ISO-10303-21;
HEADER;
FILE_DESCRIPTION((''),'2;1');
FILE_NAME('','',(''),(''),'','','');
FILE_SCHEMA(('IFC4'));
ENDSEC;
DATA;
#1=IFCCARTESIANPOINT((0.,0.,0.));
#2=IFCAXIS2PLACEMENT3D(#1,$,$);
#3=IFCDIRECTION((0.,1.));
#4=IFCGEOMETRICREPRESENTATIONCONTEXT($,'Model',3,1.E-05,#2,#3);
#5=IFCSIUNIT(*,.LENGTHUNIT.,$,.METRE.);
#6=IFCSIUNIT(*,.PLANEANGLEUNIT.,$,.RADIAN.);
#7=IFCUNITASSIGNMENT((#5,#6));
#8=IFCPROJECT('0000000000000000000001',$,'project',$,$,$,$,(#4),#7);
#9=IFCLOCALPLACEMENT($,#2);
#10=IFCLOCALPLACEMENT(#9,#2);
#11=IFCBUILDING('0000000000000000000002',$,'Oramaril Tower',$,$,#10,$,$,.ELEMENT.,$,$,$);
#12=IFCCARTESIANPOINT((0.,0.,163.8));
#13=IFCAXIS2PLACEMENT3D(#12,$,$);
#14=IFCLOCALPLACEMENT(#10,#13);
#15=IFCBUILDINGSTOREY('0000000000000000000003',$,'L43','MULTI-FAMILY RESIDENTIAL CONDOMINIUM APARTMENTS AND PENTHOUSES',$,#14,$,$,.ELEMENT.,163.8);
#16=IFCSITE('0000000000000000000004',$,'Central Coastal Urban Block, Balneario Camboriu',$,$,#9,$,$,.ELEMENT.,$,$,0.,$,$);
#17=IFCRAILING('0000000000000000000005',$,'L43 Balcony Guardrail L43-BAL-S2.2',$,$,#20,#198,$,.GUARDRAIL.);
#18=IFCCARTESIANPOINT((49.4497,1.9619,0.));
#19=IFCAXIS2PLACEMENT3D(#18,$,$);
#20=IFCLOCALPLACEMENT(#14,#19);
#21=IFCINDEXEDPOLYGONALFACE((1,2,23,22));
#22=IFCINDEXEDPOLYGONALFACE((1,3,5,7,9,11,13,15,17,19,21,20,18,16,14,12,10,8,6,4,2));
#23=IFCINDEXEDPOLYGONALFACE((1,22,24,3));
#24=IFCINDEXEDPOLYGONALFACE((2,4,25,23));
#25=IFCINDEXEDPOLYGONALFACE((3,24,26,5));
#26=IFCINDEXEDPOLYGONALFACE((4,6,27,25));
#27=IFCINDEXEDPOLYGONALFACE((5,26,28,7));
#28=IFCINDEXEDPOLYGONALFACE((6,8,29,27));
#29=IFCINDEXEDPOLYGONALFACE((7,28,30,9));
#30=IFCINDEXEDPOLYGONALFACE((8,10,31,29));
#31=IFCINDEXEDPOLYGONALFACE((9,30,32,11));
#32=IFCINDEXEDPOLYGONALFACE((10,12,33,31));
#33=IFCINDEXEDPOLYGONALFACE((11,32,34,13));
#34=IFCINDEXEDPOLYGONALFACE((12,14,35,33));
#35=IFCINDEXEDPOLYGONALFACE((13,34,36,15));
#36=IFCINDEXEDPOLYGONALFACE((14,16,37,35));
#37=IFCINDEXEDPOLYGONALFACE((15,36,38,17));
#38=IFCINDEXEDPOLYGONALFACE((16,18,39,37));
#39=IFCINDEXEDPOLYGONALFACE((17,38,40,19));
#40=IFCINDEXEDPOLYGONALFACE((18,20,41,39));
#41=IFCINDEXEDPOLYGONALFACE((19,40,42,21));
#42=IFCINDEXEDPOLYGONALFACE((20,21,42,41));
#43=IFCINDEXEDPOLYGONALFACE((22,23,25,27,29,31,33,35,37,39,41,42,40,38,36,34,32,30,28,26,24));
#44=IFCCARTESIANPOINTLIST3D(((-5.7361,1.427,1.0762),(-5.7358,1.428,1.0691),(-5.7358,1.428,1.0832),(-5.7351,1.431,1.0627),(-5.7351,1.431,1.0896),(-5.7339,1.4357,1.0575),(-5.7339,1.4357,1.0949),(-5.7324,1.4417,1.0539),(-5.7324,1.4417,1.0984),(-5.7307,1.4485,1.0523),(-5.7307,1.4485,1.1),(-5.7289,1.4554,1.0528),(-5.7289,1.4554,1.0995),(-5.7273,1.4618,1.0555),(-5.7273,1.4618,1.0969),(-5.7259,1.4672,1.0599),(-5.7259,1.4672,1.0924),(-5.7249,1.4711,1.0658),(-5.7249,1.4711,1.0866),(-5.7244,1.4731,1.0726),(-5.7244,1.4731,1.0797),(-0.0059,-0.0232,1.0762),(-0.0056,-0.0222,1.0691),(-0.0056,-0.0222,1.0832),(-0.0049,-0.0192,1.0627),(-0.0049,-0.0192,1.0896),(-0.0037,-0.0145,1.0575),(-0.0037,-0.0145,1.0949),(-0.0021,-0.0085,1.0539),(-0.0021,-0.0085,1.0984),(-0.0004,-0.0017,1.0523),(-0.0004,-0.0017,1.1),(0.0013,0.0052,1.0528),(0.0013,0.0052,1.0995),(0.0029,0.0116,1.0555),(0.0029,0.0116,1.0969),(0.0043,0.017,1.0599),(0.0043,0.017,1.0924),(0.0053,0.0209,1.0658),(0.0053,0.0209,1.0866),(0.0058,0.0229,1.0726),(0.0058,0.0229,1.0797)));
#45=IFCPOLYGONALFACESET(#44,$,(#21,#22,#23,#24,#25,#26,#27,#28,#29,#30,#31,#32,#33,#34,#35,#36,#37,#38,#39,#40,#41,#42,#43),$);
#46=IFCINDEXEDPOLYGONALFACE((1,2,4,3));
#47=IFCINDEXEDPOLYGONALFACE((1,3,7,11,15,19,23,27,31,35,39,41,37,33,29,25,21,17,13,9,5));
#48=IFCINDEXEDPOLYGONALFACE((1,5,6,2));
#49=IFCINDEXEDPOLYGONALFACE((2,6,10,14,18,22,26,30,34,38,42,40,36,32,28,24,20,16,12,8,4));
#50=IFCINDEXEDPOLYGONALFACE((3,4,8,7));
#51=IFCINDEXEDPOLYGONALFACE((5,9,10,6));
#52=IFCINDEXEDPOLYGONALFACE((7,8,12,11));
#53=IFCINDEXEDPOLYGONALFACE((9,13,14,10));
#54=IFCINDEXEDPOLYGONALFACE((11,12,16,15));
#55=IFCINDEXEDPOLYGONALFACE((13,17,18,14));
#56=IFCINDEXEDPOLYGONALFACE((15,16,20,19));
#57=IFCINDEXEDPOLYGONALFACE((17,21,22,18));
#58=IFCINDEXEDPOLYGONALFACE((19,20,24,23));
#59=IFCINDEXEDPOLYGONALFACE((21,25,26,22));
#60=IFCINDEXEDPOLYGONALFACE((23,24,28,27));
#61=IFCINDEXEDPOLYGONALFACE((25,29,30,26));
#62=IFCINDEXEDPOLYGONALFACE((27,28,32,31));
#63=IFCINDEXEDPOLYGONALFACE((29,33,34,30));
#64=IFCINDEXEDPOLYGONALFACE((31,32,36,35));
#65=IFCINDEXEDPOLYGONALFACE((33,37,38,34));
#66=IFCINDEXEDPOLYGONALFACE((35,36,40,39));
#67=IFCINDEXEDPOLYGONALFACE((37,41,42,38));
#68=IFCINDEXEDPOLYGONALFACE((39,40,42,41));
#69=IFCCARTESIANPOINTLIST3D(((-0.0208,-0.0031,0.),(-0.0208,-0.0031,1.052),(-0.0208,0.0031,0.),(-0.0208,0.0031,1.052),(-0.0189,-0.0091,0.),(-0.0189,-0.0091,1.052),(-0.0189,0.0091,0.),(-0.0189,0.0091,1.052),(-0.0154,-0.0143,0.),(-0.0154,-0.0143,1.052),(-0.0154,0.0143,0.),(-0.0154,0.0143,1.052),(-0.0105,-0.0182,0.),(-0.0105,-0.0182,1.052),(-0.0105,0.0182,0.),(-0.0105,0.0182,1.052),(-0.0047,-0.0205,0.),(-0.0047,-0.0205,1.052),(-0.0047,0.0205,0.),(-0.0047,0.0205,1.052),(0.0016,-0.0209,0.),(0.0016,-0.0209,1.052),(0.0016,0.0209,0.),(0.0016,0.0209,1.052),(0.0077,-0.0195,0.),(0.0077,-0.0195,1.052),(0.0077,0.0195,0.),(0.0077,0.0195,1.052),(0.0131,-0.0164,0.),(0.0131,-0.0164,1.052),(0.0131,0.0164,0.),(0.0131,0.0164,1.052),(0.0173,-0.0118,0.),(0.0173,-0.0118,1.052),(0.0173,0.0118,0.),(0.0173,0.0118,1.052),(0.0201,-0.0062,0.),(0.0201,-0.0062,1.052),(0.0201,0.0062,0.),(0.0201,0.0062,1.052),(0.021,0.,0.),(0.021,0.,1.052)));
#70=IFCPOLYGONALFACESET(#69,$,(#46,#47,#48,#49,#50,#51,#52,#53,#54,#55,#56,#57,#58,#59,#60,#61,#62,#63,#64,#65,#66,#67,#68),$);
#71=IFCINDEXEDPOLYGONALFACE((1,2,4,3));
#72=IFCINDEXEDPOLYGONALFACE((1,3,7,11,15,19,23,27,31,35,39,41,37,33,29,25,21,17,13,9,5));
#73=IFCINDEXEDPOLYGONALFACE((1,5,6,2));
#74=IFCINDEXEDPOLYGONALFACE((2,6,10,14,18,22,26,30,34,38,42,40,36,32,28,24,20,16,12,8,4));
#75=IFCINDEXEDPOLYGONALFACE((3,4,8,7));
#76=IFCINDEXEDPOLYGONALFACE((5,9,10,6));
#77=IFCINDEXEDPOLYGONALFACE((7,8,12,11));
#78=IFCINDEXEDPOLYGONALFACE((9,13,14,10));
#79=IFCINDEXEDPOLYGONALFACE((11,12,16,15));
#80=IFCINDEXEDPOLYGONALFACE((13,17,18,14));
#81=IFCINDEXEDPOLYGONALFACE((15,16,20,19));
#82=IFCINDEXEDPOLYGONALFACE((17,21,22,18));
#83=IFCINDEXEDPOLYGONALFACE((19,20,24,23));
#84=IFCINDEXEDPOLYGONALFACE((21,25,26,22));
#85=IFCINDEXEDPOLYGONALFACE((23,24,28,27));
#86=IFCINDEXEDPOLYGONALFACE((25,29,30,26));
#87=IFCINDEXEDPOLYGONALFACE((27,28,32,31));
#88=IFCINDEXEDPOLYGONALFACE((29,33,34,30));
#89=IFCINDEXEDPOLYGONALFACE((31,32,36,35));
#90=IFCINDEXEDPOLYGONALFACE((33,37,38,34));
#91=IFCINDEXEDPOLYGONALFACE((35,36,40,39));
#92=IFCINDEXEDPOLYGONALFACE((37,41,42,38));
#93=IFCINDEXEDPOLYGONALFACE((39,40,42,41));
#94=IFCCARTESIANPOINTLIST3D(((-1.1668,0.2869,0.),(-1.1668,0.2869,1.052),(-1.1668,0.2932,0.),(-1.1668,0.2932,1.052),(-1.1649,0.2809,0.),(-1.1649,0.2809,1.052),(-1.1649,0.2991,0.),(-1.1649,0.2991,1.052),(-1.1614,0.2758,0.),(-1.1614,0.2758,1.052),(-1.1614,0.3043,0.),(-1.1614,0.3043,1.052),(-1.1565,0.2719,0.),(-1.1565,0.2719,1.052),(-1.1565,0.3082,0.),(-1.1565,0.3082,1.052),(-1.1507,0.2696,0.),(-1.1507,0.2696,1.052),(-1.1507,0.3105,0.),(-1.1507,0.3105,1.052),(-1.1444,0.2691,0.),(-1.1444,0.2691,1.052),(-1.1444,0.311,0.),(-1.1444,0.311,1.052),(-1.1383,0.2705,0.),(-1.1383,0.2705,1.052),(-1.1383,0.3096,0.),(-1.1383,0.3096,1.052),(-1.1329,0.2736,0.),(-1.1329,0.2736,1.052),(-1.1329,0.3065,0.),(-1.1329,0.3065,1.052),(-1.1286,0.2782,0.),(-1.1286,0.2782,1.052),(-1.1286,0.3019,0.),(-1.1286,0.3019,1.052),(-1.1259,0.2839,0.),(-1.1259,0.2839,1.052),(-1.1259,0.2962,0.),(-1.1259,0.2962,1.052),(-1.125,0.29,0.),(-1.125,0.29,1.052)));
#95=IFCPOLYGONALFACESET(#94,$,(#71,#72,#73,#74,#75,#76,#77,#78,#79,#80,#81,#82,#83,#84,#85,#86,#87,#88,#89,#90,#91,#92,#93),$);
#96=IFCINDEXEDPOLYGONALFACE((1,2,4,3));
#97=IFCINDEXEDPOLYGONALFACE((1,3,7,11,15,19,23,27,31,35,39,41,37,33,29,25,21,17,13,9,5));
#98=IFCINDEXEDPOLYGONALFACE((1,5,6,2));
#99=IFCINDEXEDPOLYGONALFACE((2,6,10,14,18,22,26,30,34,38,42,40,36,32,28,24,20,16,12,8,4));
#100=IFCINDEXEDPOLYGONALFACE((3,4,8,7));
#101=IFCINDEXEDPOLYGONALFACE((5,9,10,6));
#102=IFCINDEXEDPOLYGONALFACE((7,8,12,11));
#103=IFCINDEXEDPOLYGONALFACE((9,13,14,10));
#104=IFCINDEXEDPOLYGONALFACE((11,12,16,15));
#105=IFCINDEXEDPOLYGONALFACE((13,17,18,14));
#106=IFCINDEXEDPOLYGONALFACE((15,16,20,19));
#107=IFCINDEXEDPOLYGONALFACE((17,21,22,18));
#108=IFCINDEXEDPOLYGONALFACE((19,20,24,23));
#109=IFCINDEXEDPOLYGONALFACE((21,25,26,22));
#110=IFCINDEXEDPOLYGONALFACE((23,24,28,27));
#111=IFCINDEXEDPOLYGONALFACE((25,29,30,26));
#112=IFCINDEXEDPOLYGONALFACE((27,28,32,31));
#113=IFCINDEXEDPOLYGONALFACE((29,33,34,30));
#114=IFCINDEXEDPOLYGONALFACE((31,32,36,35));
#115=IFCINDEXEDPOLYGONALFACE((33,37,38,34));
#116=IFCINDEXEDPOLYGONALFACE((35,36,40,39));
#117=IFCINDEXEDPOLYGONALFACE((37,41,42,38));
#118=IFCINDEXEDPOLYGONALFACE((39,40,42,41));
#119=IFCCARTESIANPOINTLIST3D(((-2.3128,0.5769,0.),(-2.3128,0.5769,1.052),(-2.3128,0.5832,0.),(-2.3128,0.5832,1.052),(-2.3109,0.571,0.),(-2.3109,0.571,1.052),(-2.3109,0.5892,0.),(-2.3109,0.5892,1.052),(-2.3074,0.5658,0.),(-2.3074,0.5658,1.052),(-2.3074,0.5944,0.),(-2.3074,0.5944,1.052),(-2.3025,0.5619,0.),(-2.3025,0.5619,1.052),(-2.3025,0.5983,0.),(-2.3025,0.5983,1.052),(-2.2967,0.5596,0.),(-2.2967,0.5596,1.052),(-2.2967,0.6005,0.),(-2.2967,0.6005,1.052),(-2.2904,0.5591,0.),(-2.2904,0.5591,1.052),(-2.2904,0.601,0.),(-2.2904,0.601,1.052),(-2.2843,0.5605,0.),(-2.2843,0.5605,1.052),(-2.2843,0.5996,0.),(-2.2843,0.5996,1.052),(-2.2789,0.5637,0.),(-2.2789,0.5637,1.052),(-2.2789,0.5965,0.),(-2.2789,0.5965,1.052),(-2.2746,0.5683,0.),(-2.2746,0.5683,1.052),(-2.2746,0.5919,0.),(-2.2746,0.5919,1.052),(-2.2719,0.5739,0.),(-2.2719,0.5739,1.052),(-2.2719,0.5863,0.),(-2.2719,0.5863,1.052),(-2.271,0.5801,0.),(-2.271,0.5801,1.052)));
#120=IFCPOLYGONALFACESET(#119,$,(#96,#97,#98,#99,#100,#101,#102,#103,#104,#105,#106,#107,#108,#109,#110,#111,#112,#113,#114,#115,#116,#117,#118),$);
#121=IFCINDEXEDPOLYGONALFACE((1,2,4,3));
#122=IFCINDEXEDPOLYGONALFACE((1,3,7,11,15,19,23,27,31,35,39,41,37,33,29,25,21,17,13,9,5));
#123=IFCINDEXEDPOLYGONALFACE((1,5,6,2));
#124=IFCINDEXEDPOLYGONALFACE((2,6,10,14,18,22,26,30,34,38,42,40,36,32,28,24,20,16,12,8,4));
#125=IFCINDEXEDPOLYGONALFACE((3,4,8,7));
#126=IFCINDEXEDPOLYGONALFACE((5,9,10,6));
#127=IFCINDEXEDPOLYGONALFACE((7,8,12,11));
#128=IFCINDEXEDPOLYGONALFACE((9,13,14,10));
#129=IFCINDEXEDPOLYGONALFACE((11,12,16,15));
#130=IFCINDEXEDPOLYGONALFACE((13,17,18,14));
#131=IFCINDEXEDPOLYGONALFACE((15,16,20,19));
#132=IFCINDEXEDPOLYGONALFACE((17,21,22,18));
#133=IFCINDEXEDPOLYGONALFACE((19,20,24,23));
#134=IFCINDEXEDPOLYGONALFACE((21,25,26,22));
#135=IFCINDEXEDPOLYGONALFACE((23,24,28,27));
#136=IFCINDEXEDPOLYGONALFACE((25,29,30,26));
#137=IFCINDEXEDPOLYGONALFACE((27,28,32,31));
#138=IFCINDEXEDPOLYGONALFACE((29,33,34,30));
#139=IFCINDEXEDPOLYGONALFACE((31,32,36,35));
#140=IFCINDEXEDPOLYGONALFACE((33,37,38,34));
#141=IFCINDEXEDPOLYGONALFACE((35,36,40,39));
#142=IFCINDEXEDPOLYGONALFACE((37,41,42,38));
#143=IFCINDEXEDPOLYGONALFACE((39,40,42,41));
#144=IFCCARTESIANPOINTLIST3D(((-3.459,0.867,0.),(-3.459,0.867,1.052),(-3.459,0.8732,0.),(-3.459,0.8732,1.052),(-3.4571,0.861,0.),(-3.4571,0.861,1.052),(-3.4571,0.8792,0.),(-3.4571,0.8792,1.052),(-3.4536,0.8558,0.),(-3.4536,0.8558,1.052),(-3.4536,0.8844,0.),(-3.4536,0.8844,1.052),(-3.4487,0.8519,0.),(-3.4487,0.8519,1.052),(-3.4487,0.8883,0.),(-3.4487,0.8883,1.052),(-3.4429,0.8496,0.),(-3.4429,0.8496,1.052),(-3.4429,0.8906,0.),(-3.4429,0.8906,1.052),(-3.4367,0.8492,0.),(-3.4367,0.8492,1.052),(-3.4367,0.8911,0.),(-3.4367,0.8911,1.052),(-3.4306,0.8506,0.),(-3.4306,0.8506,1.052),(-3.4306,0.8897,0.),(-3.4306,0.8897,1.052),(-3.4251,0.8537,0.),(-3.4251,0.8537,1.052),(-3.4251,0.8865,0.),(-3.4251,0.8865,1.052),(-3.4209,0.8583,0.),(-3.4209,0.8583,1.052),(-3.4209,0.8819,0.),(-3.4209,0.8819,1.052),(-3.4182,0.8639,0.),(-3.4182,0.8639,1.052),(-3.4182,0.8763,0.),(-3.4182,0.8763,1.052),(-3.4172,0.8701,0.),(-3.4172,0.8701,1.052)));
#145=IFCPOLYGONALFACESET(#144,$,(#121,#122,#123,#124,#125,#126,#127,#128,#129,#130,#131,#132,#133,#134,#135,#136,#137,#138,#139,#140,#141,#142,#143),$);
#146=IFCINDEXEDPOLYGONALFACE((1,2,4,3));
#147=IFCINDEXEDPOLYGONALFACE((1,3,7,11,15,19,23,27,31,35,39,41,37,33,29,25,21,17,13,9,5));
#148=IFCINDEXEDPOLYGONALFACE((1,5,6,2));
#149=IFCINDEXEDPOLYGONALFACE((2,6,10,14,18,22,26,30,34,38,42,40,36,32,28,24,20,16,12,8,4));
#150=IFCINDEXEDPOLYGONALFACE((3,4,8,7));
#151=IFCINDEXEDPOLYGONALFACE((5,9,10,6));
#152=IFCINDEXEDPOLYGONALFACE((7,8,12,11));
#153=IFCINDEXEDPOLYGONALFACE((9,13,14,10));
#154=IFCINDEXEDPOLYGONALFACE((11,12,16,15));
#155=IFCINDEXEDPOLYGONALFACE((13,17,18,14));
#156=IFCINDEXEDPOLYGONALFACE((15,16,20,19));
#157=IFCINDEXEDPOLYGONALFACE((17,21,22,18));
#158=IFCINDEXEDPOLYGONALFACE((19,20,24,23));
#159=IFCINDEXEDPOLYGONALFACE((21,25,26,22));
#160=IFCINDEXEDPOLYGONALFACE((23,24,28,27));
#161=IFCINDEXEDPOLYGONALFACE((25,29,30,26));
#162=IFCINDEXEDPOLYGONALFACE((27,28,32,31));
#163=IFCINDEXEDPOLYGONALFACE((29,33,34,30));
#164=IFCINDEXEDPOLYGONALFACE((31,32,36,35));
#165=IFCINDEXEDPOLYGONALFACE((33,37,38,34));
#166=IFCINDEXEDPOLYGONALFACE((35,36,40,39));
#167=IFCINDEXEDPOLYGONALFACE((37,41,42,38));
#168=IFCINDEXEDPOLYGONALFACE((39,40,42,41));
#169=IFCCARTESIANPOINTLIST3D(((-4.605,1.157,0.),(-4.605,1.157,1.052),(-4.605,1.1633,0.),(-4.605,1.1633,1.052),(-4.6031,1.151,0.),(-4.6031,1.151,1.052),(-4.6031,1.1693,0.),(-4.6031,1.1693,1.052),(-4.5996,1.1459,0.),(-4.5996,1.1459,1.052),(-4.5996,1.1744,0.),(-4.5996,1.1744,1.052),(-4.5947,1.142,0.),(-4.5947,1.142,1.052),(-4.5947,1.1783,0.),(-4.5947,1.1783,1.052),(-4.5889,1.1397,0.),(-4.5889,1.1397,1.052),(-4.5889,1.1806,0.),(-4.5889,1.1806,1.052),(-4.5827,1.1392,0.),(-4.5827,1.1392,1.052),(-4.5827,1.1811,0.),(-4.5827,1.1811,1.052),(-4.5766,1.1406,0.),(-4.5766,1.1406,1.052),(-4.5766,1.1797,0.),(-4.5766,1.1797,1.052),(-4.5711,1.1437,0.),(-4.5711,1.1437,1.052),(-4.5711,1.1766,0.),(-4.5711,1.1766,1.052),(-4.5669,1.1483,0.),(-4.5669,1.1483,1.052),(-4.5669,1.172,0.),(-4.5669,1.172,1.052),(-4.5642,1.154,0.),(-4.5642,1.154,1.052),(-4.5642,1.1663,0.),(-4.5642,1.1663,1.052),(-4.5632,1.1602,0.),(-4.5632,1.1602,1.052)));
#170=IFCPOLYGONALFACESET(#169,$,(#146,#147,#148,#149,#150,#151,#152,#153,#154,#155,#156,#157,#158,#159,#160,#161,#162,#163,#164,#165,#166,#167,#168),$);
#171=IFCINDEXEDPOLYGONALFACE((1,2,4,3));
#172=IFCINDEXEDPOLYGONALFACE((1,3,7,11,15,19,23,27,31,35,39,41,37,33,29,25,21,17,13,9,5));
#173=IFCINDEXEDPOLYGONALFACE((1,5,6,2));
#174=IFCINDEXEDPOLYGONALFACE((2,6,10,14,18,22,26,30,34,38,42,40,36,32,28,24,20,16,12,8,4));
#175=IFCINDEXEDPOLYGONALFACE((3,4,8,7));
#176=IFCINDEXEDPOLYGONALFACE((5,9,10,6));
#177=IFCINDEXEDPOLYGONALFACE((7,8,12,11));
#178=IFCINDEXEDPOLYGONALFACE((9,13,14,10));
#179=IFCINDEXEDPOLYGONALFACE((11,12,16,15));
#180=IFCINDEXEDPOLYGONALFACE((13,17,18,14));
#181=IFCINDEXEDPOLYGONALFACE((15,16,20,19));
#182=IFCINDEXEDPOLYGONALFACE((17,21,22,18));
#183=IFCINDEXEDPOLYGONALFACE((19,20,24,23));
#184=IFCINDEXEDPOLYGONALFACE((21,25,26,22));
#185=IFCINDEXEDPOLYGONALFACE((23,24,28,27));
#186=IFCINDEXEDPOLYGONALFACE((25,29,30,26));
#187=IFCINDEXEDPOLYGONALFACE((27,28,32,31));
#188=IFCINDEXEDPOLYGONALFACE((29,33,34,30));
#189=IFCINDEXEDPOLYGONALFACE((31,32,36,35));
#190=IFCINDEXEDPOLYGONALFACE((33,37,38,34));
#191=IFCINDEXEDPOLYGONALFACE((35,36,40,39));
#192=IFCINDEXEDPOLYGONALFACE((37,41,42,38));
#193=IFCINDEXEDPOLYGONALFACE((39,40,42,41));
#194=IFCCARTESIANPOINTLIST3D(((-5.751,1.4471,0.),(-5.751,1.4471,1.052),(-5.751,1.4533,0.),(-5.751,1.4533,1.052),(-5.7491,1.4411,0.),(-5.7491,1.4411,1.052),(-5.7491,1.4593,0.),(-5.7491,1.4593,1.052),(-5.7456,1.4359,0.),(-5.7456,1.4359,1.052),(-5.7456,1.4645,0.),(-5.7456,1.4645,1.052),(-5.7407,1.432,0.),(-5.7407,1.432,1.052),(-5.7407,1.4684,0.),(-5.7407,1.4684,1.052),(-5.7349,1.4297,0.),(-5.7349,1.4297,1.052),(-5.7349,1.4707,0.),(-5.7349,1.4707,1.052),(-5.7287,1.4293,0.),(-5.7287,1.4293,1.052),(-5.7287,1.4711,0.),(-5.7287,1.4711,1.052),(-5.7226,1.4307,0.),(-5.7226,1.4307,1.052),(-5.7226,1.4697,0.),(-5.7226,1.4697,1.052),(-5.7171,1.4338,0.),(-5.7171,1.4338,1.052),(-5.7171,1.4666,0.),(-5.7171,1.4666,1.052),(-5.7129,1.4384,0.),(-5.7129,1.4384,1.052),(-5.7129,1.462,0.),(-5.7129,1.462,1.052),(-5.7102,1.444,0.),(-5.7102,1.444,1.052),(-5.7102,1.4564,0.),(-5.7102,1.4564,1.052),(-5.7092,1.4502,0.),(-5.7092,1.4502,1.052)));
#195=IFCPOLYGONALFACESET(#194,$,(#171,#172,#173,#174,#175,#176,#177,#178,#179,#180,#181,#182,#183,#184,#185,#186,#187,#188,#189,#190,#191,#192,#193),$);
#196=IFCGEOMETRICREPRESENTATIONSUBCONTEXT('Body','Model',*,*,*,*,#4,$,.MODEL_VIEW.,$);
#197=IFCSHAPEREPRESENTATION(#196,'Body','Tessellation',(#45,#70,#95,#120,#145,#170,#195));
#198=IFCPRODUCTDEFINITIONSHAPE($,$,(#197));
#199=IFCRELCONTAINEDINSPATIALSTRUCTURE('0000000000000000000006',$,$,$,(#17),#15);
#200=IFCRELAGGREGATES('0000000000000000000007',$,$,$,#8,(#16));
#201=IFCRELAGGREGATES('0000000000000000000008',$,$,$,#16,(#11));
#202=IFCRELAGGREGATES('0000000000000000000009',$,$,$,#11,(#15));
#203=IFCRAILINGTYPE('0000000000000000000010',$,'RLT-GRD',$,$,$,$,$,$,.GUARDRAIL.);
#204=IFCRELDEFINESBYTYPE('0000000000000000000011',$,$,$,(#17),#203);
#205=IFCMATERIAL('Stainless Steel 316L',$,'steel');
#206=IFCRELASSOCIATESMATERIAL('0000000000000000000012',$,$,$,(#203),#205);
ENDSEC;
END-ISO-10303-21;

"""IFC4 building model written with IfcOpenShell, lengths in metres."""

from ifc_helpers import new_model, si_unit, direction, frame, origin, origin_2d, place, context, subcontext, project, spatial, circle, extrude, material, type_object, element, save


model = new_model("IFC4")

# Units and contexts
model_context = context("Model", 3, precision=1e-05, world=origin(), true_north=direction((0.0, 1.0)))
body_context = subcontext(model_context, "Body", "Model", "MODEL_VIEW")
ifc_project = project(units=[si_unit("LENGTHUNIT", "METRE"), si_unit("PLANEANGLEUNIT", "RADIAN")], contexts=[model_context])

# Site, building, storey
site_placement = place(None, origin())
site = spatial("IfcSite", under=ifc_project, at=site_placement, Name="Central Coastal Urban Block, Balneario Camboriu", CompositionType="ELEMENT", RefElevation=0.0)
building_placement = place(site_placement, origin())
building = spatial("IfcBuilding", under=site, at=building_placement, Name="Oramaril Tower", CompositionType="ELEMENT")
storey_placement = place(building_placement, frame((0.0, 0.0, 163.8)))
storey = spatial("IfcBuildingStorey", under=building, at=storey_placement, Name="L43", Description="MULTI-FAMILY RESIDENTIAL CONDOMINIUM APARTMENTS AND PENTHOUSES", CompositionType="ELEMENT", Elevation=163.8)

# Railing
ifc_material_1 = material(Name="Stainless Steel 316L", Category="steel")
railing_type = type_object("IfcRailingType", Name="RLT-GRD", PredefinedType="GUARDRAIL", material=ifc_material_1)
railing_1_placement = place(storey_placement, frame((49.4497, 1.9619, 0.0)))
element("IfcRailing", 1, at=railing_1_placement, inside=storey, type_object=railing_type, Name="L43 Balcony Guardrail L43-BAL-S2.2", PredefinedType="GUARDRAIL", context=body_context, shape_type="SweptSolid", body=[
    extrude(circle(Radius=0.0239, at=origin_2d()), frame((0.0, 0.0, 1.0762), z_axis=(-0.969436, 0.245343, 0.0), x_axis=(-0.245343, -0.969436, 0.0)), (0.0, 0.0, 1.0), 5.9109),
    extrude(circle(Radius=0.021, at=origin_2d()), origin(), (0.0, 0.0, 1.0), 1.052),
    extrude(circle(Radius=0.021, at=origin_2d()), frame((-1.146, 0.29, 0.0)), (0.0, 0.0, 1.0), 1.052),
    extrude(circle(Radius=0.021, at=origin_2d()), frame((-2.292, 0.5801, 0.0)), (0.0, 0.0, 1.0), 1.052),
    extrude(circle(Radius=0.021, at=origin_2d()), frame((-3.4382, 0.8701, 0.0)), (0.0, 0.0, 1.0), 1.052),
    extrude(circle(Radius=0.021, at=origin_2d()), frame((-4.5842, 1.1602, 0.0)), (0.0, 0.0, 1.0), 1.052),
    extrude(circle(Radius=0.021, at=origin_2d()), frame((-5.7302, 1.4502, 0.0)), (0.0, 0.0, 1.0), 1.052),
])

save(model, "model.ifc")
